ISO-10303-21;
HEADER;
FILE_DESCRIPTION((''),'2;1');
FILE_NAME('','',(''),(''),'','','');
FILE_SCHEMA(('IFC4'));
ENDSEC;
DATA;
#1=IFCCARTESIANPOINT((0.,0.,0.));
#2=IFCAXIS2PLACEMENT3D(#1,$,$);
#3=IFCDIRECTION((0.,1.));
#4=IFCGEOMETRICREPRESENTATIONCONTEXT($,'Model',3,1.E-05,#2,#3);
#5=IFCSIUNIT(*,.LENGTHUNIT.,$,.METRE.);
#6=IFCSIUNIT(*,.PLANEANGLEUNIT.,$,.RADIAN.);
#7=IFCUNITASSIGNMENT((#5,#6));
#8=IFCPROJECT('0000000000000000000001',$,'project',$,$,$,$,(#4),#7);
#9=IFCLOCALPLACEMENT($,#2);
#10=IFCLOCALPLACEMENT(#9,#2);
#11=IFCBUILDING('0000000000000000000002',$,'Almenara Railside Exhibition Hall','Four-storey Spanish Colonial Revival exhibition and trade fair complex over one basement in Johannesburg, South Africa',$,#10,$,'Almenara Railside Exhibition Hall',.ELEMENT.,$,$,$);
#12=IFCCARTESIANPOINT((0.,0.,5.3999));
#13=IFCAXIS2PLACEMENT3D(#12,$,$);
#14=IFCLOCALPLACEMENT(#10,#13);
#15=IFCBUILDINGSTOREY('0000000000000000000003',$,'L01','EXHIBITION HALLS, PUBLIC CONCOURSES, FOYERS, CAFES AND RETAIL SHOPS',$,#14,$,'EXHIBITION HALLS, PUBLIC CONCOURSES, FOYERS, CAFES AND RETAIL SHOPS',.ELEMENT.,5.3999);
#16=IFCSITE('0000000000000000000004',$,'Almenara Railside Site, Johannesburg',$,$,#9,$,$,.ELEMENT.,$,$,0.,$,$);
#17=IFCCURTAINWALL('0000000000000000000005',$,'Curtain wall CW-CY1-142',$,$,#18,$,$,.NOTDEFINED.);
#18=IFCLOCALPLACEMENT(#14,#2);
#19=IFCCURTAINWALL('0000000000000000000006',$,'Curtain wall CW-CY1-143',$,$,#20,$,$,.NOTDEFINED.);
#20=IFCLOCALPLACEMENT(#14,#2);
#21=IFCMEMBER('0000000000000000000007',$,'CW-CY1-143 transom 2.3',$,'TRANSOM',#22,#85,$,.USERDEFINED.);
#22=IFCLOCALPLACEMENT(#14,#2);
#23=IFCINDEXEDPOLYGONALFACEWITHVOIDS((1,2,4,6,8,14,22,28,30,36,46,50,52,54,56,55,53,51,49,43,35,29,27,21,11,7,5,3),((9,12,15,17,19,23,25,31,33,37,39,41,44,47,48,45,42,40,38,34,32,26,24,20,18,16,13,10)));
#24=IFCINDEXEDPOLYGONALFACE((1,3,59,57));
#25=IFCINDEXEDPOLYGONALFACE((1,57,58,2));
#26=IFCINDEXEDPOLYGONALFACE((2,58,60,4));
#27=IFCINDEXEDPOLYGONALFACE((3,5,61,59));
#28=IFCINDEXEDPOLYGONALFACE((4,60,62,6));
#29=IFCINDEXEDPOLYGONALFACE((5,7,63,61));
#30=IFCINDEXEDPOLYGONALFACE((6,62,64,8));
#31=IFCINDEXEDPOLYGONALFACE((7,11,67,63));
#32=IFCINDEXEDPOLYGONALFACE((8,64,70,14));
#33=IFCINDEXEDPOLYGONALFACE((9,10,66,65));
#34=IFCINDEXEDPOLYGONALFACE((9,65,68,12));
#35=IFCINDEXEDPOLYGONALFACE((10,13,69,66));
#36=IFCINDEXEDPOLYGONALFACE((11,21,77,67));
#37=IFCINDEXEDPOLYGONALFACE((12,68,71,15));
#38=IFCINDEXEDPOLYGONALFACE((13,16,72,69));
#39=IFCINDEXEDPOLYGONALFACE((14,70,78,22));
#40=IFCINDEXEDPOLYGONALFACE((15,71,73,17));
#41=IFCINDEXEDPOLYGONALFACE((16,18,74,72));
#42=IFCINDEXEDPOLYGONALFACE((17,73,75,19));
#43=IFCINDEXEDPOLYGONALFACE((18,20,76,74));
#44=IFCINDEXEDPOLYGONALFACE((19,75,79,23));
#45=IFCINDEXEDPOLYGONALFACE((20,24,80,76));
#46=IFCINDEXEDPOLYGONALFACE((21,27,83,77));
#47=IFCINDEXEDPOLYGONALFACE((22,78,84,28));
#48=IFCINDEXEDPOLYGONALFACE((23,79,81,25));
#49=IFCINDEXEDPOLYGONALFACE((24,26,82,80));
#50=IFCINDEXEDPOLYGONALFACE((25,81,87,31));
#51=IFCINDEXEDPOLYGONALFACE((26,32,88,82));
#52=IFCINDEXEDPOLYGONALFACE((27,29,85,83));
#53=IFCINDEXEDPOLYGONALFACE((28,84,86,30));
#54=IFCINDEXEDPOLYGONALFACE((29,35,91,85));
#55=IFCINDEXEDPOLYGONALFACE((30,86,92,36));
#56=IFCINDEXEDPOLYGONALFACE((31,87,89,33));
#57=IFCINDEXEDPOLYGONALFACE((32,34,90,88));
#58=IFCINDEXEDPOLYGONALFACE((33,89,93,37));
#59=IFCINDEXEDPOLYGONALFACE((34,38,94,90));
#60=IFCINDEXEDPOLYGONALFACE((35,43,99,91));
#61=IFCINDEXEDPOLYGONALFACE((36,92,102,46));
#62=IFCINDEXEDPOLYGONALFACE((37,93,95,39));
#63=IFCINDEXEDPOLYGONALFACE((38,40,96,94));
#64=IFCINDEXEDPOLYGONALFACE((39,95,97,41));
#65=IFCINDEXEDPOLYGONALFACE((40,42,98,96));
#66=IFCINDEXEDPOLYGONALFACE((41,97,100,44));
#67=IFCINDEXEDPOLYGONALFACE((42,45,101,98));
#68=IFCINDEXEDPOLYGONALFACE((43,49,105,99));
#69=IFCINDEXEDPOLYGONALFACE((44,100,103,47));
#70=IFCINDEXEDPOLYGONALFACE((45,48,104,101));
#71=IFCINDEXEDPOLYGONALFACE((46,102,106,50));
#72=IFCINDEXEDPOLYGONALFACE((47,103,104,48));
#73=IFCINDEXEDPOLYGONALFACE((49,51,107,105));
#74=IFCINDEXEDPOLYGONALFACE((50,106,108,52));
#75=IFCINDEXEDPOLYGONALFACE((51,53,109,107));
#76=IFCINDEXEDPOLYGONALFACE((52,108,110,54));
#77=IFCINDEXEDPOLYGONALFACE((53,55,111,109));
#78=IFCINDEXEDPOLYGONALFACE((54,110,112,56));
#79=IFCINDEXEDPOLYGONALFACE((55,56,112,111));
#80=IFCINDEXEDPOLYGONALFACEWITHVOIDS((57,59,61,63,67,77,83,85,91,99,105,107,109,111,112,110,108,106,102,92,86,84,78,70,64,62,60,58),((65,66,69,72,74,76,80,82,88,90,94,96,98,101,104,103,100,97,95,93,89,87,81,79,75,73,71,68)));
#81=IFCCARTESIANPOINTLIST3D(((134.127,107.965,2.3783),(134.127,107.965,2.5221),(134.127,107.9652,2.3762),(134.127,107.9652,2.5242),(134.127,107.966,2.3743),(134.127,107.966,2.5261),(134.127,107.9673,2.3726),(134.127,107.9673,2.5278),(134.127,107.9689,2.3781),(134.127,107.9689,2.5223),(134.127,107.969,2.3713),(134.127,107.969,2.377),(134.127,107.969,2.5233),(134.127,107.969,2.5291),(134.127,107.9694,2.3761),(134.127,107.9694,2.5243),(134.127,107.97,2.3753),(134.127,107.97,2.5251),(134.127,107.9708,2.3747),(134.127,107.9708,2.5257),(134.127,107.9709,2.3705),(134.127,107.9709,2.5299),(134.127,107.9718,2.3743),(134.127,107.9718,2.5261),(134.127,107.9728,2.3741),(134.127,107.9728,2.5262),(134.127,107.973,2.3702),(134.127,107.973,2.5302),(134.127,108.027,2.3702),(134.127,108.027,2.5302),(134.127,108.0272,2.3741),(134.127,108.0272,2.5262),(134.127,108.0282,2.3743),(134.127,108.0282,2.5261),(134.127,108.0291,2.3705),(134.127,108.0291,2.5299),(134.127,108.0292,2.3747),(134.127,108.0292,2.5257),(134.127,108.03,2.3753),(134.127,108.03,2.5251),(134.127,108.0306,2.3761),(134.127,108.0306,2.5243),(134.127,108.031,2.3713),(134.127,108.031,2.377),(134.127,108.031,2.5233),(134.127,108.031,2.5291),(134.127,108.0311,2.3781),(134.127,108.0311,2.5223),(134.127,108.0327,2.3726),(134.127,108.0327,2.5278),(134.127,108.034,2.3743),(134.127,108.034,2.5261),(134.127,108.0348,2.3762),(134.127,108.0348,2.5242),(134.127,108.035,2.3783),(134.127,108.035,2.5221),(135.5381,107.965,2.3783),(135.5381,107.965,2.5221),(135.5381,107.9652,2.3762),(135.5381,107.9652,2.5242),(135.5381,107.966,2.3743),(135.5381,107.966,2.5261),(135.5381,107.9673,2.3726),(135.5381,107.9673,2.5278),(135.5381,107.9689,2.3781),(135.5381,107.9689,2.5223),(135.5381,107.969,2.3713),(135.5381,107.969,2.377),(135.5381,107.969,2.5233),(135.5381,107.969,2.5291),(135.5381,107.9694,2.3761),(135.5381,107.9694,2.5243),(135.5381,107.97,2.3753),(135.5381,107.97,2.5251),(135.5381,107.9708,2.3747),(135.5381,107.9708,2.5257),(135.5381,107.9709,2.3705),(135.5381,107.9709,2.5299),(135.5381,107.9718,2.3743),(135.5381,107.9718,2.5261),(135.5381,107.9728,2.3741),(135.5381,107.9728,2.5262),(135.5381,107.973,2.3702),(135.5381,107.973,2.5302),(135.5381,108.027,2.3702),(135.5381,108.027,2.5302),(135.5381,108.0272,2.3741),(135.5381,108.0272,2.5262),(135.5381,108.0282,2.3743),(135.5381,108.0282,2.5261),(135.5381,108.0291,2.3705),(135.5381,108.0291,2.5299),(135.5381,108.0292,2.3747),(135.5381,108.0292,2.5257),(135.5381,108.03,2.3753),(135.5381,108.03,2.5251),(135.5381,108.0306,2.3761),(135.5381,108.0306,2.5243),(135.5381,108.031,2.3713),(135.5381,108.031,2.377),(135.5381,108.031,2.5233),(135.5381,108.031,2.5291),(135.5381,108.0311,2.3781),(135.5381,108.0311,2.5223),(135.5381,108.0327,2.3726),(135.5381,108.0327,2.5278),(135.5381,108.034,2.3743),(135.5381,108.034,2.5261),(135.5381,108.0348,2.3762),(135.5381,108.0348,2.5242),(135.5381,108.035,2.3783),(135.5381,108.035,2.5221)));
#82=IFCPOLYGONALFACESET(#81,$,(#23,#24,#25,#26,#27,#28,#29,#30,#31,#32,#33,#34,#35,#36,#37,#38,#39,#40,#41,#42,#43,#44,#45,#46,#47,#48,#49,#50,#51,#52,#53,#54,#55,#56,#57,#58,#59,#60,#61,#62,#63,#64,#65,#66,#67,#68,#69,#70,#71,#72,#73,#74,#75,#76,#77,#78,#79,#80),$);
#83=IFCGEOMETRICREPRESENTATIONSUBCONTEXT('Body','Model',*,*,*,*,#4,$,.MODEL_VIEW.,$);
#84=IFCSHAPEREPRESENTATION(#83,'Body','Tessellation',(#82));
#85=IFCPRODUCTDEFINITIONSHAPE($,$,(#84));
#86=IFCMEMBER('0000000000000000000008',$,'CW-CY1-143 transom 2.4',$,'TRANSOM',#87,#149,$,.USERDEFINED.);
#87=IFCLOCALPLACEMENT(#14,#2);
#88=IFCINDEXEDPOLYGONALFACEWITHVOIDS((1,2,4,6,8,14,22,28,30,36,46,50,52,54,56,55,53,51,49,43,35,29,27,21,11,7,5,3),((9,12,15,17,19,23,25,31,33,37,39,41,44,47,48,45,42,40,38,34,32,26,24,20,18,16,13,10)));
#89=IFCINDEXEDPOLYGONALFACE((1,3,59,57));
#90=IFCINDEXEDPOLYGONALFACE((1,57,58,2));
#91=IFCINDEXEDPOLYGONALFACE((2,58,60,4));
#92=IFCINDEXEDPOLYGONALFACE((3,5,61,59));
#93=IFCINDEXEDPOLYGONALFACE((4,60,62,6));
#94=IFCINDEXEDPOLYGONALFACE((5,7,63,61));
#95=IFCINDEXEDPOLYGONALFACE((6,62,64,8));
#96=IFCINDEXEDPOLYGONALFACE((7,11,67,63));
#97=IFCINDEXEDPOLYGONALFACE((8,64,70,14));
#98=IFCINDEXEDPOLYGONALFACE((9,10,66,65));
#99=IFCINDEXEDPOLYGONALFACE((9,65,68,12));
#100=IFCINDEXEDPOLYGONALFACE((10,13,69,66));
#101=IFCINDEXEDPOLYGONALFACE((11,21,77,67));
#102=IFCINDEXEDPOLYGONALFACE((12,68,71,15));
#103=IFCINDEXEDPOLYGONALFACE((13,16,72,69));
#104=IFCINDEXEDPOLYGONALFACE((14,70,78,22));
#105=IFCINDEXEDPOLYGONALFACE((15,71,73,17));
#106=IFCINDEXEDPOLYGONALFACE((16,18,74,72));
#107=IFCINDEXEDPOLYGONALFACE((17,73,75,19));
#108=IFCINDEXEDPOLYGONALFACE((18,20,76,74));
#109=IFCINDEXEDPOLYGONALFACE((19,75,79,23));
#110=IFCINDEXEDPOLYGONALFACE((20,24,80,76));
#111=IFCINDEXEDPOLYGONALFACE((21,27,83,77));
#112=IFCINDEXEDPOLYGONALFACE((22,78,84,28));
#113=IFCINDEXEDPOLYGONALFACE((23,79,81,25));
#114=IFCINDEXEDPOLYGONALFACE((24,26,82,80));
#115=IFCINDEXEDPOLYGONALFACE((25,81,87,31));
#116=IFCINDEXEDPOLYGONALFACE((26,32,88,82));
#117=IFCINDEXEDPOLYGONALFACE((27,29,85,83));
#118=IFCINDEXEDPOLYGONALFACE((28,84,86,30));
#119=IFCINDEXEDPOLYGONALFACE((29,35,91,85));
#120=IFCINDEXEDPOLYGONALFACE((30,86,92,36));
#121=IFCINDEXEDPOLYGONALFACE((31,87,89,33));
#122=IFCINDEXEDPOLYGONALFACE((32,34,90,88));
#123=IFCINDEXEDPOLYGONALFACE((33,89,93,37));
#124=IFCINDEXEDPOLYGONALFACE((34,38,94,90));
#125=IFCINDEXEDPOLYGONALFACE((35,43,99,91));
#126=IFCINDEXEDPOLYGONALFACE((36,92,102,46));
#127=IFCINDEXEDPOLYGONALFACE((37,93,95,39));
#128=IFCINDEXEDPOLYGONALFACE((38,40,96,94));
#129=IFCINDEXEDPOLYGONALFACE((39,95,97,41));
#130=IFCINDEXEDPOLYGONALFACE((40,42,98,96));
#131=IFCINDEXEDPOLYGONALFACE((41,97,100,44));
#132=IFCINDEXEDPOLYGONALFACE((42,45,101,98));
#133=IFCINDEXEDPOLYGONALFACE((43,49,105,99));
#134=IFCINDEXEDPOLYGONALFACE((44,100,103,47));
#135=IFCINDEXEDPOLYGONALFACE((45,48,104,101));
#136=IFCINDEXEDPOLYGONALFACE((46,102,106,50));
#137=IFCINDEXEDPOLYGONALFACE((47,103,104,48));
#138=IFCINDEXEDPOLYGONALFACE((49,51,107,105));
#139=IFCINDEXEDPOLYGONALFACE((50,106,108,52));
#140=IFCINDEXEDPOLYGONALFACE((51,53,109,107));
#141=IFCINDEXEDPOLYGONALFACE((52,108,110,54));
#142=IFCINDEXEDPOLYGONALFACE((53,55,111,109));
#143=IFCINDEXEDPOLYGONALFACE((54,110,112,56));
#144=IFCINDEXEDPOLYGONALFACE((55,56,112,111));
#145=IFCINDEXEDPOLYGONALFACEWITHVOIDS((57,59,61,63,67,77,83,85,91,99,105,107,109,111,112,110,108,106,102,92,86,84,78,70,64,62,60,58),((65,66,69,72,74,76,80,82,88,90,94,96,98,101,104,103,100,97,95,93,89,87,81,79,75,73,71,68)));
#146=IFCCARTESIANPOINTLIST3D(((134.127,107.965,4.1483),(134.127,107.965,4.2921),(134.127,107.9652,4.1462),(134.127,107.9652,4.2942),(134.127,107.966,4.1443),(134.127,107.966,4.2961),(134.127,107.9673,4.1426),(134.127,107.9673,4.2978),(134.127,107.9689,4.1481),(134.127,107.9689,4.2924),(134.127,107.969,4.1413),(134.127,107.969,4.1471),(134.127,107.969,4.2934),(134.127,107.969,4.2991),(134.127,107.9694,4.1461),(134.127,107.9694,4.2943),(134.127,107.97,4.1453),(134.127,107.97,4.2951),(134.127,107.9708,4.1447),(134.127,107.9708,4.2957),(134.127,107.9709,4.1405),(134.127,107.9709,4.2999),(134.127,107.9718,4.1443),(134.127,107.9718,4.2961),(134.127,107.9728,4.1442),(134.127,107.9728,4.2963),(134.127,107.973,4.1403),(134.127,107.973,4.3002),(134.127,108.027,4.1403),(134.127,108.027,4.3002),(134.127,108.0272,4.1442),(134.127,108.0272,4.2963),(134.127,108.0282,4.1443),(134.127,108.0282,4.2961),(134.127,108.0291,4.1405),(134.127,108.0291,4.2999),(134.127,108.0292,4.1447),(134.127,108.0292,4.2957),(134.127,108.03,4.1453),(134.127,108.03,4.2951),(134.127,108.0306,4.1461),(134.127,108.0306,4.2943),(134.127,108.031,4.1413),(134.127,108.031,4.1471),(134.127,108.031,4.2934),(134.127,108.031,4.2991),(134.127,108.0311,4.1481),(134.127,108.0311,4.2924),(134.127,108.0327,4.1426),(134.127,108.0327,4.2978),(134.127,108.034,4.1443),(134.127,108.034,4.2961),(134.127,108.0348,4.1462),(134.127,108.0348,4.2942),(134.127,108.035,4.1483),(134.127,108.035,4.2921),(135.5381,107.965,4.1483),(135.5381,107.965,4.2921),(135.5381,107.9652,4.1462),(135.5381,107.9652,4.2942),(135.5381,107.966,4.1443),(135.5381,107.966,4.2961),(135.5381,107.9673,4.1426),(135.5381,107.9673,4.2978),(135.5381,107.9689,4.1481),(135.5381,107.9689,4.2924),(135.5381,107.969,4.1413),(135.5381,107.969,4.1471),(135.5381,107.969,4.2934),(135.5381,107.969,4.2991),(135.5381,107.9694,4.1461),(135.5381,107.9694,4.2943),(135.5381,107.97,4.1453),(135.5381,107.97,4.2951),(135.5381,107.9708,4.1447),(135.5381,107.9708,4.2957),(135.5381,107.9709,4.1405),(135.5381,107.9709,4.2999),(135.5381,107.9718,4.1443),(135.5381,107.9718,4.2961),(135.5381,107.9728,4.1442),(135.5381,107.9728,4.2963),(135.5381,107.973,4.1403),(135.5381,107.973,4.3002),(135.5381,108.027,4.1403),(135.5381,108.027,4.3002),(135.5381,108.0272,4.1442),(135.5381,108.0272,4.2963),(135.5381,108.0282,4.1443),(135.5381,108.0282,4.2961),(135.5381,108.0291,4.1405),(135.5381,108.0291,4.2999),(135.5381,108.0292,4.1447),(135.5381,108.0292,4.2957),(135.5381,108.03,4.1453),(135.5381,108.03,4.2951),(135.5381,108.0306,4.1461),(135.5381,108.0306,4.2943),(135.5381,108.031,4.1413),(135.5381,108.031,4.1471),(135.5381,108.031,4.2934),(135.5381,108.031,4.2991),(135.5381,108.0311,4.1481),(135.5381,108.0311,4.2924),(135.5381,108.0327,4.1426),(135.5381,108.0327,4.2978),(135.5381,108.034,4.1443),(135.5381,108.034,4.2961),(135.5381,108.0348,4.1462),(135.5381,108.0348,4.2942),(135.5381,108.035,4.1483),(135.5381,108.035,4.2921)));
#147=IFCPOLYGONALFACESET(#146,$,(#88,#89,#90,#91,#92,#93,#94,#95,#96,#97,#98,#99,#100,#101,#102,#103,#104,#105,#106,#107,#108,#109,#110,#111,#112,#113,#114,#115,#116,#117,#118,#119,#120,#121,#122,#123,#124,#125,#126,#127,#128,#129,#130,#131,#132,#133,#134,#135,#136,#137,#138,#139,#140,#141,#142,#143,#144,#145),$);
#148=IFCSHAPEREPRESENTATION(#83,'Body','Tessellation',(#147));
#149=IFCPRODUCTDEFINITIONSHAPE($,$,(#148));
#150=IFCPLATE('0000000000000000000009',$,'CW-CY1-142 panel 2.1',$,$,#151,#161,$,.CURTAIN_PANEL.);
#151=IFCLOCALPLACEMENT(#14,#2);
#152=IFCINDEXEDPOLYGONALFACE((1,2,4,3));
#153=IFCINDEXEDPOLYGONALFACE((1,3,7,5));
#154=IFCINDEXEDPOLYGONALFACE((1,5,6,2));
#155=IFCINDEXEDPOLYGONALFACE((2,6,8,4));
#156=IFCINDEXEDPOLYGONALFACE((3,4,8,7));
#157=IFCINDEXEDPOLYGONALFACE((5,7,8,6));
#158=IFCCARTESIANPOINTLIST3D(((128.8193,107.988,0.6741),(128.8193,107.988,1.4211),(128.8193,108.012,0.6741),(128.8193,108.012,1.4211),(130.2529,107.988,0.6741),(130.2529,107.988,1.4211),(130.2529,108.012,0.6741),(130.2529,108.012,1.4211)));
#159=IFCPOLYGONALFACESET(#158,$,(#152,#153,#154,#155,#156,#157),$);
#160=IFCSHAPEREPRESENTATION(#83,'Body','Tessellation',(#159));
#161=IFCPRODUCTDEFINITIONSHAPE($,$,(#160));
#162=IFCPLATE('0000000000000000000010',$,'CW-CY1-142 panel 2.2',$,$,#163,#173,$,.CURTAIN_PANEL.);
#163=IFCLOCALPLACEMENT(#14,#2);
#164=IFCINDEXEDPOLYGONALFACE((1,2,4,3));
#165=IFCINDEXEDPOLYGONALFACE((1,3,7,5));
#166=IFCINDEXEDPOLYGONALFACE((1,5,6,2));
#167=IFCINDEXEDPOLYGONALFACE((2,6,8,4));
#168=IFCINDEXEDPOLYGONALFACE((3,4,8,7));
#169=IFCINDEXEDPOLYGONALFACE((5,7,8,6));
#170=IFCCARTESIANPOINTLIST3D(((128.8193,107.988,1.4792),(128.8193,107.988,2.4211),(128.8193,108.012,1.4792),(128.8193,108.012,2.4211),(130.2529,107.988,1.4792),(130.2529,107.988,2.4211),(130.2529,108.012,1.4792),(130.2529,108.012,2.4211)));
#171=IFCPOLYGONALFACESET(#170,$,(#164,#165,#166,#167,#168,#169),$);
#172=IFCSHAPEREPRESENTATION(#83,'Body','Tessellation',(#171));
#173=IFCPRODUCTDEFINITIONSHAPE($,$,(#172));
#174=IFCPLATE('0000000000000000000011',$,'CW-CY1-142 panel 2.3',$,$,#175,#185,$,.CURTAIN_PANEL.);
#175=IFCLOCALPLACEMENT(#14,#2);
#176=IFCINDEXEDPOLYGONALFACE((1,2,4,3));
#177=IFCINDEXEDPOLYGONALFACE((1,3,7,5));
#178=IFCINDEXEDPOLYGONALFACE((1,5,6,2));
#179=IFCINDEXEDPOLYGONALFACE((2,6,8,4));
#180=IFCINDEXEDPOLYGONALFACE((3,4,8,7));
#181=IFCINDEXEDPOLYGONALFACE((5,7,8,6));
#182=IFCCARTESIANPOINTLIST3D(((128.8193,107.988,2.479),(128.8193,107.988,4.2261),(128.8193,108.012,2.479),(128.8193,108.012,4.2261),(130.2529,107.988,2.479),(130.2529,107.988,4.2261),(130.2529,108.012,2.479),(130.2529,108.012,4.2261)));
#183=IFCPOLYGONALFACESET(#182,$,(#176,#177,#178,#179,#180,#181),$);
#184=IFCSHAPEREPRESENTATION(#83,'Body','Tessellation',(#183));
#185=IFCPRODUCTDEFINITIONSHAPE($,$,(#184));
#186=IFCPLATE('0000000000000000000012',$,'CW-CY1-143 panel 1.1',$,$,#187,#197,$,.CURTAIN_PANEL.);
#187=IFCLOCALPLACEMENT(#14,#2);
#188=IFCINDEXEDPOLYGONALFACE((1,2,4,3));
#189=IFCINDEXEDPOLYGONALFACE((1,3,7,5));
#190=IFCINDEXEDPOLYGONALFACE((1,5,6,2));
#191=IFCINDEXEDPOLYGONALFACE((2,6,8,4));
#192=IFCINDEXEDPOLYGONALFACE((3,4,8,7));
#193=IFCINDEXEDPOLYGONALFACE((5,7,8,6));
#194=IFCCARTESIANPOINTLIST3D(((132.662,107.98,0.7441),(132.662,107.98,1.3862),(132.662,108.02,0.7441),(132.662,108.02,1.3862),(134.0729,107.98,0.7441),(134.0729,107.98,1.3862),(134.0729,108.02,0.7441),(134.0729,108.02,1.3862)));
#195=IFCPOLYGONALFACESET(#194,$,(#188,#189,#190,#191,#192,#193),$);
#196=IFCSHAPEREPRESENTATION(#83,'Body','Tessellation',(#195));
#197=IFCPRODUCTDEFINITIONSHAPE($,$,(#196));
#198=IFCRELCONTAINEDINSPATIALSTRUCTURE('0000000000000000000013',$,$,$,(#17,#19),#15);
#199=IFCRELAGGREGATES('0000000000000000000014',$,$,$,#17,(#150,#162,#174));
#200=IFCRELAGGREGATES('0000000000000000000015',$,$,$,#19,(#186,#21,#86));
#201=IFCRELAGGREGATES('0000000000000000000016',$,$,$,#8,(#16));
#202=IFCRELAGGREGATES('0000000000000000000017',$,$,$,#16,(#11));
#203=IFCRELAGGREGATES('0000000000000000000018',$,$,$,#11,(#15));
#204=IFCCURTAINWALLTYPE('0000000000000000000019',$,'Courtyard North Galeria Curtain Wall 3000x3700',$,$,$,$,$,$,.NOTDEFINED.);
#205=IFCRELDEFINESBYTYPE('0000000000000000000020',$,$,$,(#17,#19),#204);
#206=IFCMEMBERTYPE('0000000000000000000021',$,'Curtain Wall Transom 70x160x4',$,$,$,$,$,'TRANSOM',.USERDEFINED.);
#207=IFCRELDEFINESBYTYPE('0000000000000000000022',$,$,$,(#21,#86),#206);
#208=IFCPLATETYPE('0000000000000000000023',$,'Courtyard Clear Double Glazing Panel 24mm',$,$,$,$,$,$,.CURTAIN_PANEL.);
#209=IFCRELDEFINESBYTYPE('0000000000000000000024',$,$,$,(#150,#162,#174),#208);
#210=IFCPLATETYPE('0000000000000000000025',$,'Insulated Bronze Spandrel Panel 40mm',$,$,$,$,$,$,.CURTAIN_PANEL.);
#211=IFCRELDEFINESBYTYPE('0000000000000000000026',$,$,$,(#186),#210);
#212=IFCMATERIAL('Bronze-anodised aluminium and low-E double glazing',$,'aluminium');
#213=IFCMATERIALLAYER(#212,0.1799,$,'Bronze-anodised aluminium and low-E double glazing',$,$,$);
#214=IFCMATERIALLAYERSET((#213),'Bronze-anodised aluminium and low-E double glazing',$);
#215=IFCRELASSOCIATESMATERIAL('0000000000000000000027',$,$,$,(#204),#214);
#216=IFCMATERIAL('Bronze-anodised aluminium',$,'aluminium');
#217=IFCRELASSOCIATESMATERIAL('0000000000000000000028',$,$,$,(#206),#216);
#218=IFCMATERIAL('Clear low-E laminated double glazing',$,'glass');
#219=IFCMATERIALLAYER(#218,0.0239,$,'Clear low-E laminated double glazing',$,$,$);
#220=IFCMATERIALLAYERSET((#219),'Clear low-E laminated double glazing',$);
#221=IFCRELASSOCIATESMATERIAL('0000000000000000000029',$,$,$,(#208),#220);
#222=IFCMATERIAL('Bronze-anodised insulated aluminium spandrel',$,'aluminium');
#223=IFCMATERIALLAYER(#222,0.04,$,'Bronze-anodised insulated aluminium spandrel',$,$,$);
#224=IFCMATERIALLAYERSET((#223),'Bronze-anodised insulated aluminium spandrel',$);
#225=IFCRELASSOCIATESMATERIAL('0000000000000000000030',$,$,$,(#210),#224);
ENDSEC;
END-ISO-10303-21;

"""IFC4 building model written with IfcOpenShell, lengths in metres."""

from ifc_helpers import new_model, si_unit, direction, frame, origin, origin_2d, place, context, subcontext, project, spatial, rectangle, hollow_rectangle, extrude, material, layer, layer_set, material_profile, profile_set, type_object, element, aggregate, save


model = new_model("IFC4")

# Units and contexts
model_context = context("Model", 3, precision=1e-05, world=origin(), true_north=direction((0.0, 1.0)))
body_context = subcontext(model_context, "Body", "Model", "MODEL_VIEW")
ifc_project = project(units=[si_unit("LENGTHUNIT", "METRE"), si_unit("PLANEANGLEUNIT", "RADIAN")], contexts=[model_context])

# Site, building, storey
site_placement = place(None, origin())
site = spatial("IfcSite", under=ifc_project, at=site_placement, Name="Almenara Railside Site, Johannesburg", CompositionType="ELEMENT", RefElevation=0.0)
building_placement = place(site_placement, origin())
building = spatial("IfcBuilding", under=site, at=building_placement, Name="Almenara Railside Exhibition Hall", Description="Four-storey Spanish Colonial Revival exhibition and trade fair complex over one basement in Johannesburg, South Africa", LongName="Almenara Railside Exhibition Hall", CompositionType="ELEMENT")
storey_placement = place(building_placement, frame((0.0, 0.0, 5.3999)))
storey = spatial("IfcBuildingStorey", under=building, at=storey_placement, Name="L01", Description="EXHIBITION HALLS, PUBLIC CONCOURSES, FOYERS, CAFES AND RETAIL SHOPS", LongName="EXHIBITION HALLS, PUBLIC CONCOURSES, FOYERS, CAFES AND RETAIL SHOPS", CompositionType="ELEMENT", Elevation=5.3999)

# Curtain wall
ifc_material_1 = material(Name="Bronze-anodised aluminium and low-E double glazing", Category="aluminium")
ifc_layer_1 = layer(ifc_material_1, 0.1799, Name="Bronze-anodised aluminium and low-E double glazing")
ifc_layer_set_1 = layer_set([ifc_layer_1], Name="Bronze-anodised aluminium and low-E double glazing")
curtain_wall_type = type_object("IfcCurtainWallType", Name="Courtyard North Galeria Curtain Wall 3000x3700", PredefinedType="NOTDEFINED", material=ifc_layer_set_1)
curtain_wall_1_placement = place(storey_placement, origin())
curtain_wall_1 = element("IfcCurtainWall", 1, at=curtain_wall_1_placement, inside=storey, type_object=curtain_wall_type, Name="Curtain wall CW-CY1-142", PredefinedType="NOTDEFINED")
ifc_material_2 = material(Name="Bronze-anodised aluminium", Category="aluminium")

# Curtain wall
curtain_wall_2_placement = place(storey_placement, origin())
curtain_wall_2 = element("IfcCurtainWall", 2, at=curtain_wall_2_placement, inside=storey, type_object=curtain_wall_type, Name="Curtain wall CW-CY1-143", PredefinedType="NOTDEFINED")

# Members
ifc_material_profile_1 = material_profile(ifc_material_2, hollow_rectangle(XDim=0.0701, YDim=0.1599, WallThickness=0.0039, InnerFilletRadius=0.0039, OuterFilletRadius=0.0081, at=origin_2d()), Name="ALU-TRN 70x160x4")
ifc_profile_set_1 = profile_set([ifc_material_profile_1], Name="Bronze-anodised aluminium")
member_type_1 = type_object("IfcMemberType", Name="Curtain Wall Transom 70x160x4", ElementType="TRANSOM", PredefinedType="USERDEFINED", material=ifc_profile_set_1)
member_1_placement = place(storey_placement, frame((134.127, 108.0, 2.4502), z_axis=(1.0, 0.0, 0.0), x_axis=(0.0, 1.0, 0.0)))
member_1 = element("IfcMember", 3, at=member_1_placement, type_object=member_type_1, Name="CW-CY1-143 transom 2.3", ObjectType="TRANSOM", PredefinedType="USERDEFINED", context=body_context, shape_type="SweptSolid", body=[
    extrude(hollow_rectangle(XDim=0.0701, YDim=0.1599, WallThickness=0.0039, InnerFilletRadius=0.0039, OuterFilletRadius=0.0081, at=origin_2d()), origin(), (0.0, 0.0, 1.0), 1.4111),
])
member_2_placement = place(storey_placement, frame((134.127, 108.0, 4.2202), z_axis=(1.0, 0.0, 0.0), x_axis=(0.0, 1.0, 0.0)))
member_2 = element("IfcMember", 4, at=member_2_placement, type_object=member_type_1, Name="CW-CY1-143 transom 2.4", ObjectType="TRANSOM", PredefinedType="USERDEFINED", context=body_context, shape_type="SweptSolid", body=[
    extrude(hollow_rectangle(XDim=0.0701, YDim=0.1599, WallThickness=0.0039, InnerFilletRadius=0.0039, OuterFilletRadius=0.0081, at=origin_2d()), origin(), (0.0, 0.0, 1.0), 1.4111),
])

# Plates
ifc_material_3 = material(Name="Clear low-E laminated double glazing", Category="glass")
ifc_layer_2 = layer(ifc_material_3, 0.0239, Name="Clear low-E laminated double glazing")
ifc_layer_set_2 = layer_set([ifc_layer_2], Name="Clear low-E laminated double glazing")
plate_type_1 = type_object("IfcPlateType", Name="Courtyard Clear Double Glazing Panel 24mm", PredefinedType="CURTAIN_PANEL", material=ifc_layer_set_2)
plate_1_placement = place(storey_placement, frame((129.5361, 108.0, 0.6741), z_axis=(0.0, 0.0, 1.0), x_axis=(1.0, 0.0, 0.0)))
plate_1 = element("IfcPlate", 5, at=plate_1_placement, type_object=plate_type_1, Name="CW-CY1-142 panel 2.1", PredefinedType="CURTAIN_PANEL", context=body_context, shape_type="SweptSolid", body=[
    extrude(rectangle(XDim=1.4336, YDim=0.0239, at=origin_2d()), origin(), (0.0, 0.0, 1.0), 0.7471),
])
plate_2_placement = place(storey_placement, frame((129.5361, 108.0, 1.4792), z_axis=(0.0, 0.0, 1.0), x_axis=(1.0, 0.0, 0.0)))
plate_2 = element("IfcPlate", 6, at=plate_2_placement, type_object=plate_type_1, Name="CW-CY1-142 panel 2.2", PredefinedType="CURTAIN_PANEL", context=body_context, shape_type="SweptSolid", body=[
    extrude(rectangle(XDim=1.4336, YDim=0.0239, at=origin_2d()), origin(), (0.0, 0.0, 1.0), 0.9419),
])
plate_3_placement = place(storey_placement, frame((129.5361, 108.0, 2.479), z_axis=(0.0, 0.0, 1.0), x_axis=(1.0, 0.0, 0.0)))
plate_3 = element("IfcPlate", 7, at=plate_3_placement, type_object=plate_type_1, Name="CW-CY1-142 panel 2.3", PredefinedType="CURTAIN_PANEL", context=body_context, shape_type="SweptSolid", body=[
    extrude(rectangle(XDim=1.4336, YDim=0.0239, at=origin_2d()), origin(), (0.0, 0.0, 1.0), 1.7471),
])
aggregate(curtain_wall_1, [plate_1, plate_2, plate_3])
ifc_material_4 = material(Name="Bronze-anodised insulated aluminium spandrel", Category="aluminium")
ifc_layer_3 = layer(ifc_material_4, 0.04, Name="Bronze-anodised insulated aluminium spandrel")
ifc_layer_set_3 = layer_set([ifc_layer_3], Name="Bronze-anodised insulated aluminium spandrel")
plate_type_2 = type_object("IfcPlateType", Name="Insulated Bronze Spandrel Panel 40mm", PredefinedType="CURTAIN_PANEL", material=ifc_layer_set_3)
plate_4_placement = place(storey_placement, frame((133.3674, 108.0, 0.7441), z_axis=(0.0, 0.0, 1.0), x_axis=(1.0, 0.0, 0.0)))
plate_4 = element("IfcPlate", 8, at=plate_4_placement, type_object=plate_type_2, Name="CW-CY1-143 panel 1.1", PredefinedType="CURTAIN_PANEL", context=body_context, shape_type="SweptSolid", body=[
    extrude(rectangle(XDim=1.4109, YDim=0.04, at=origin_2d()), origin(), (0.0, 0.0, 1.0), 0.6421),
])
aggregate(curtain_wall_2, [plate_4, member_1, member_2])

save(model, "model.ifc")
